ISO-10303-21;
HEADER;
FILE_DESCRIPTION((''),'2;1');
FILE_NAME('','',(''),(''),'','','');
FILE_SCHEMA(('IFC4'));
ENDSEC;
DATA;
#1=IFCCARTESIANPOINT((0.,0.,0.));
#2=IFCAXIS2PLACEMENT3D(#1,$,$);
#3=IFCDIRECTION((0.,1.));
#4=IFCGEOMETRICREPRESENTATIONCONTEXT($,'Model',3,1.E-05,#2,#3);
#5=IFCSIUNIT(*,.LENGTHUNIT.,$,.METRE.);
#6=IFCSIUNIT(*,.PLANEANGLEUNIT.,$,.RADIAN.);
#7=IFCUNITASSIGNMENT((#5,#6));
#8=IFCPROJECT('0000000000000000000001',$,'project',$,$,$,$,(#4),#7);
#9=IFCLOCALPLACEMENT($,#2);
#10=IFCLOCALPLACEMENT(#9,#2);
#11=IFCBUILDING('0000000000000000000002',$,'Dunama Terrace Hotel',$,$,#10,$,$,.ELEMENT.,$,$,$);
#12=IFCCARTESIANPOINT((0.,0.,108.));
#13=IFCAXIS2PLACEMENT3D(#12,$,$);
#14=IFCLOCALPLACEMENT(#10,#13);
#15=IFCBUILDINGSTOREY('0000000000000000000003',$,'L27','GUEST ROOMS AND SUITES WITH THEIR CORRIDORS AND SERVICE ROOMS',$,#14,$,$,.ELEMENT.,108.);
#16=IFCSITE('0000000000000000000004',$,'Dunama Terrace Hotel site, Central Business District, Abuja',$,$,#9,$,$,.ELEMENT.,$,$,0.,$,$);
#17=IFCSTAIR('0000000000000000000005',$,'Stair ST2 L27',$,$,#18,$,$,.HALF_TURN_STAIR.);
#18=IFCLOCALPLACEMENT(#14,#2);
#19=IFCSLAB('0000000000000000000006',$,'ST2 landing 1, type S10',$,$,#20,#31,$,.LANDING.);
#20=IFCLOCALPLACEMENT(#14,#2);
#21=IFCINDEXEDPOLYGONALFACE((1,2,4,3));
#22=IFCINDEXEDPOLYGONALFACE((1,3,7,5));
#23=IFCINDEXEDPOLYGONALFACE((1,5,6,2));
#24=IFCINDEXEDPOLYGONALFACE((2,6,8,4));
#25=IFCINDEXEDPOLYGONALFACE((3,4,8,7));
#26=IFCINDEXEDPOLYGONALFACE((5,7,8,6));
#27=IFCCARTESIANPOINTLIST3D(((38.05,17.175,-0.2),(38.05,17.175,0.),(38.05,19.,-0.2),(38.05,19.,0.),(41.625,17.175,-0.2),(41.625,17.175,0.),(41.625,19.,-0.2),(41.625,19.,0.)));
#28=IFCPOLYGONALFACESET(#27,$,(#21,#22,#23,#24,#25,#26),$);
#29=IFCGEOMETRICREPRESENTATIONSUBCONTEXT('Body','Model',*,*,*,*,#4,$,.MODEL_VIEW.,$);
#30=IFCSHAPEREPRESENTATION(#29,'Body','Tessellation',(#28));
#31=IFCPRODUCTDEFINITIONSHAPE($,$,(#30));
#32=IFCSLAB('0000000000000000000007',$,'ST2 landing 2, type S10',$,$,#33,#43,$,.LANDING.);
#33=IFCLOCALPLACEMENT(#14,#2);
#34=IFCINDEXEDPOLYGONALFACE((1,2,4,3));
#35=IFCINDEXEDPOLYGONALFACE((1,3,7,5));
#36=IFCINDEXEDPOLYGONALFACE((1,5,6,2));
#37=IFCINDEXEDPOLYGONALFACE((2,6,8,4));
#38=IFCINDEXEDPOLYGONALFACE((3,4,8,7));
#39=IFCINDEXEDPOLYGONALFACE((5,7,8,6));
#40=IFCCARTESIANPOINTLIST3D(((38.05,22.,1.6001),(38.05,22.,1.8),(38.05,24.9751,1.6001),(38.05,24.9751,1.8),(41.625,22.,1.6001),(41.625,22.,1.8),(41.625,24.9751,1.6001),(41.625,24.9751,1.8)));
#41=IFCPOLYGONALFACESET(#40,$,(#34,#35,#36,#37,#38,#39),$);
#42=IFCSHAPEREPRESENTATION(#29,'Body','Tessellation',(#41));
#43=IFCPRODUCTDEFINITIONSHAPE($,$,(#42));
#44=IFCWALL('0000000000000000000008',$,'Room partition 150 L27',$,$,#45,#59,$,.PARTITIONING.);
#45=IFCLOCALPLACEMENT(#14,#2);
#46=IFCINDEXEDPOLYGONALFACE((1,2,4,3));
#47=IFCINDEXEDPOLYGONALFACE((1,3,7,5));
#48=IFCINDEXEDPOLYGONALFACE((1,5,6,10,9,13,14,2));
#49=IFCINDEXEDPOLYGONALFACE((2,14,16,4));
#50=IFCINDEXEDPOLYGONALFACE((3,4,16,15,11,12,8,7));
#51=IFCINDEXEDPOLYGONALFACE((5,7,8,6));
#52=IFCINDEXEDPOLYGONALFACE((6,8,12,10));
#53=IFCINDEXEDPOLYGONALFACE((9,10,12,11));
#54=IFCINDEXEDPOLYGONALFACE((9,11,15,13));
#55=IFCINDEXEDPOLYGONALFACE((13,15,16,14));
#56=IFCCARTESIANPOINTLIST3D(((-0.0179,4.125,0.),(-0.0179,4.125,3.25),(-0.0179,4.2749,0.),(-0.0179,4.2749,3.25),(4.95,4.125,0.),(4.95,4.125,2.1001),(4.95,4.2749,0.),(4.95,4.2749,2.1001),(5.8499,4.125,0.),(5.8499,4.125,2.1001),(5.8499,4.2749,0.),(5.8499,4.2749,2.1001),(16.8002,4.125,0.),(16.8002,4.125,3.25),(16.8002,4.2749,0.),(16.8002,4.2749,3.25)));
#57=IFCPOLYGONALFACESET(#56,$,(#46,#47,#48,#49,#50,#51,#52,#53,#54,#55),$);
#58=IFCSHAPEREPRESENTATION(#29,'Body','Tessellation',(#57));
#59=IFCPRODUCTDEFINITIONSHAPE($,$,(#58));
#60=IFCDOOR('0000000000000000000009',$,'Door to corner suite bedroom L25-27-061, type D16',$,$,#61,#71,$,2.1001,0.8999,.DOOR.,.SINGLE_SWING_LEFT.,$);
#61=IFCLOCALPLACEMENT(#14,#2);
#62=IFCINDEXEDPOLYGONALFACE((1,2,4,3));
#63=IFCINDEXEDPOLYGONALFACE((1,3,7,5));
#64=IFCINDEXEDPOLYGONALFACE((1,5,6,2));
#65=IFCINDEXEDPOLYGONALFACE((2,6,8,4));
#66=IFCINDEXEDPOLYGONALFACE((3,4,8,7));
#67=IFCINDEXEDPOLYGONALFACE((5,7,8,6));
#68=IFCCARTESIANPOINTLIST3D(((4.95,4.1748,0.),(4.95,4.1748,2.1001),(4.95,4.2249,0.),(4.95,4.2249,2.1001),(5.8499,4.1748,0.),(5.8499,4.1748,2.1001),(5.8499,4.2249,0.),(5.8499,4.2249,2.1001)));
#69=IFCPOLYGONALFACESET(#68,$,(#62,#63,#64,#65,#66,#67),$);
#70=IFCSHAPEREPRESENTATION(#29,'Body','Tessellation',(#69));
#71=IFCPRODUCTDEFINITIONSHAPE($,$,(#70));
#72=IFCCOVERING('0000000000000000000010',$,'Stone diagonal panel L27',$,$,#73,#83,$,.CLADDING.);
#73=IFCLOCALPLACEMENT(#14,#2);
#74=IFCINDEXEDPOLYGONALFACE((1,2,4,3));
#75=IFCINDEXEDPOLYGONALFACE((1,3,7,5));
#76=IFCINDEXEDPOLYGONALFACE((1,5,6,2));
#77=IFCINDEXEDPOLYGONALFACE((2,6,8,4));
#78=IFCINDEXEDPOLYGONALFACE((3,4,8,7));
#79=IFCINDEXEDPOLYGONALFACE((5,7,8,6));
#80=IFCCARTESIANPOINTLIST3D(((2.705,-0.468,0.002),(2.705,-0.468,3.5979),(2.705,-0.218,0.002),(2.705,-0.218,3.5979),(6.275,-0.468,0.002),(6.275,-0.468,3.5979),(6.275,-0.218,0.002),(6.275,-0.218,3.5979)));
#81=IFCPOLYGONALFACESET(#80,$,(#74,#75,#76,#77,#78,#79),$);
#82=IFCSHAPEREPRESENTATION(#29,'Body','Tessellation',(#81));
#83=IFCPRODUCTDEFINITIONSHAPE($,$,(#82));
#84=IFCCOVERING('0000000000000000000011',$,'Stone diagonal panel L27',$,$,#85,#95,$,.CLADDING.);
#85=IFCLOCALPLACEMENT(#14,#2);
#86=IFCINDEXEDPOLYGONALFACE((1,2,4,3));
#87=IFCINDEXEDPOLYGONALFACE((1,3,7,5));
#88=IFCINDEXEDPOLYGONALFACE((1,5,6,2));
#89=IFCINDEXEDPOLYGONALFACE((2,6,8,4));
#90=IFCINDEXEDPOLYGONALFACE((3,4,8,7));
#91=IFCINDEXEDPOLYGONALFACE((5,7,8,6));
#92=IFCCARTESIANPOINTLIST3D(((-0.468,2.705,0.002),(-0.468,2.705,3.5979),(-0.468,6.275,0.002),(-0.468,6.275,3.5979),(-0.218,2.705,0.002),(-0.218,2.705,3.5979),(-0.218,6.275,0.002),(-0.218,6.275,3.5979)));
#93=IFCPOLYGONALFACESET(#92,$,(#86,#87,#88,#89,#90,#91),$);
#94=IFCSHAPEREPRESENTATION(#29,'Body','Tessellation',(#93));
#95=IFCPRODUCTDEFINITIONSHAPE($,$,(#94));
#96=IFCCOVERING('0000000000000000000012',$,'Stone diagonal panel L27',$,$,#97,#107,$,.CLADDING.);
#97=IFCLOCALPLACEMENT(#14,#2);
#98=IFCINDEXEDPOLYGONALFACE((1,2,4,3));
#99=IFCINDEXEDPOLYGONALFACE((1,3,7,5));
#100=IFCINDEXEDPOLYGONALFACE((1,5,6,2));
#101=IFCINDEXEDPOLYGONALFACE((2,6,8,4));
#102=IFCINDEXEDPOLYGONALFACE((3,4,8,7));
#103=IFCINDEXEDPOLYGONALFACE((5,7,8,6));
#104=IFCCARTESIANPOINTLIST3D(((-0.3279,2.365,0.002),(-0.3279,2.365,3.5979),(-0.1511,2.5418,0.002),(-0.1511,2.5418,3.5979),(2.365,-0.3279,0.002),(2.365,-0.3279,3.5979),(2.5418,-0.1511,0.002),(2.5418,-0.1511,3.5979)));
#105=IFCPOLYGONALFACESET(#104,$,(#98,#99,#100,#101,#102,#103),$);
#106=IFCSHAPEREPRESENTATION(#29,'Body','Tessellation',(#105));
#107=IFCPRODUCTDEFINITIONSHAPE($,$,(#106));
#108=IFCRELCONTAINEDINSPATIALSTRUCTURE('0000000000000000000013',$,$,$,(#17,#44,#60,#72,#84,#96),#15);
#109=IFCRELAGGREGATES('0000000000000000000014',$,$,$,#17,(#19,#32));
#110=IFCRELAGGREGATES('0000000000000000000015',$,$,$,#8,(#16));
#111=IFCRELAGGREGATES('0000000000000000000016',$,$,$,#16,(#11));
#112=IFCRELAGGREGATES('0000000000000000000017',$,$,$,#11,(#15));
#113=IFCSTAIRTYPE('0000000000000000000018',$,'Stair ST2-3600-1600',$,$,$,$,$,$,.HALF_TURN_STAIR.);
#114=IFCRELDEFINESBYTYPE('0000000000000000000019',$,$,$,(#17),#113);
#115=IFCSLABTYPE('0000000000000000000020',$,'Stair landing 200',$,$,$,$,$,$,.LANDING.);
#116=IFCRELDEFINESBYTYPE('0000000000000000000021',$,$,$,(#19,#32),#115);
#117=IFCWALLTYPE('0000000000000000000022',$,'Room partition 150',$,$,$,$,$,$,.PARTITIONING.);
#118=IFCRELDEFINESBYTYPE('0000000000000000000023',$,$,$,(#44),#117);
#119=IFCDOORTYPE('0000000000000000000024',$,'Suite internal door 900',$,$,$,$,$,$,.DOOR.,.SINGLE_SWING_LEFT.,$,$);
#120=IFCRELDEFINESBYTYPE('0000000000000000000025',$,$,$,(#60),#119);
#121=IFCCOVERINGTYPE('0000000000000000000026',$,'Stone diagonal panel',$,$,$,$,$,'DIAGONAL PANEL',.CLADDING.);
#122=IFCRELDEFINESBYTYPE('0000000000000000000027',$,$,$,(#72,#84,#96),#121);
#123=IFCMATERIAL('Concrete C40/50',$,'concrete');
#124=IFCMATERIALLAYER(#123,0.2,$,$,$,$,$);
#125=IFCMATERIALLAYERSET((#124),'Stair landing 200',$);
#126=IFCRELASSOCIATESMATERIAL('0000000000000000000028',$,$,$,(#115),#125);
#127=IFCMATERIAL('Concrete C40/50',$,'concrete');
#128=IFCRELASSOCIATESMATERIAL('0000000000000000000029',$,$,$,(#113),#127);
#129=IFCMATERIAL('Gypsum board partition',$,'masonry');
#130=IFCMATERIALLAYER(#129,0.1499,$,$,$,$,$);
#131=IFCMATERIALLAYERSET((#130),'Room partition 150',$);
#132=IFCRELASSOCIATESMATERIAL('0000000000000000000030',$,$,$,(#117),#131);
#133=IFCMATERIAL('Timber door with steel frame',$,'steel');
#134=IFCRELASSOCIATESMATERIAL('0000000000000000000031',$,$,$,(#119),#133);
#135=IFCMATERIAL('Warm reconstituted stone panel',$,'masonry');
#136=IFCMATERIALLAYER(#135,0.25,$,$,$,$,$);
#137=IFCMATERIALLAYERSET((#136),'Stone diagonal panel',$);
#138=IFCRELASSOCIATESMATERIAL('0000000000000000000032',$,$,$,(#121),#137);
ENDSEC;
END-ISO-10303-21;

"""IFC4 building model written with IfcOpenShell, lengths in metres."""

from ifc_helpers import new_model, si_unit, direction, frame, frame_2d, origin, origin_2d, place, context, subcontext, project, spatial, polyline, rectangle, outline, extrude, material, layer, layer_set, type_object, element, fill, aggregate, save


model = new_model("IFC4")

# Units and contexts
model_context = context("Model", 3, precision=1e-05, world=origin(), true_north=direction((0.0, 1.0)))
body_context = subcontext(model_context, "Body", "Model", "MODEL_VIEW")
ifc_project = project(units=[si_unit("LENGTHUNIT", "METRE"), si_unit("PLANEANGLEUNIT", "RADIAN")], contexts=[model_context])

# Site, building, storey
site_placement = place(None, origin())
site = spatial("IfcSite", under=ifc_project, at=site_placement, Name="Dunama Terrace Hotel site, Central Business District, Abuja", CompositionType="ELEMENT", RefElevation=0.0)
building_placement = place(site_placement, origin())
building = spatial("IfcBuilding", under=site, at=building_placement, Name="Dunama Terrace Hotel", CompositionType="ELEMENT")
storey_placement = place(building_placement, frame((0.0, 0.0, 108.0)))
storey = spatial("IfcBuildingStorey", under=building, at=storey_placement, Name="L27", Description="GUEST ROOMS AND SUITES WITH THEIR CORRIDORS AND SERVICE ROOMS", CompositionType="ELEMENT", Elevation=108.0)

# Stair, slabs
ifc_material_1 = material(Name="Concrete C40/50", Category="concrete")
ifc_layer_1 = layer(ifc_material_1, 0.2)
ifc_layer_set_1 = layer_set([ifc_layer_1], Name="Stair landing 200")
slab_type_1 = type_object("IfcSlabType", Name="Stair landing 200", PredefinedType="LANDING", material=ifc_layer_set_1)
ifc_material_2 = material(Name="Concrete C40/50", Category="concrete")
stair_type_1 = type_object("IfcStairType", Name="Stair ST2-3600-1600", PredefinedType="HALF_TURN_STAIR", material=ifc_material_2)
stair_1_placement = place(storey_placement, origin())
stair_1 = element("IfcStair", 1, at=stair_1_placement, inside=storey, type_object=stair_type_1, Name="Stair ST2 L27", PredefinedType="HALF_TURN_STAIR")
slab_1_placement = place(storey_placement, frame((0.0, 0.0, -0.2)))
slab_1 = element("IfcSlab", 2, at=slab_1_placement, type_object=slab_type_1, Name="ST2 landing 1, type S10", PredefinedType="LANDING", context=body_context, shape_type="SweptSolid", body=[
    extrude(outline(polyline([(38.05, 17.175), (41.625, 17.175), (41.625, 19.0), (38.05, 19.0), (38.05, 17.175)])), origin(), (0.0, 0.0, 1.0), 0.2),
])
slab_2_placement = place(storey_placement, frame((0.0, 0.0, 1.6001)))
slab_2 = element("IfcSlab", 3, at=slab_2_placement, type_object=slab_type_1, Name="ST2 landing 2, type S10", PredefinedType="LANDING", context=body_context, shape_type="SweptSolid", body=[
    extrude(outline(polyline([(38.05, 22.0), (41.625, 22.0), (41.625, 24.9751), (38.05, 24.9751), (38.05, 22.0)])), origin(), (0.0, 0.0, 1.0), 0.2),
])
aggregate(stair_1, [slab_1, slab_2])

# Wall, opening, door
ifc_material_3 = material(Name="Gypsum board partition", Category="masonry")
ifc_layer_2 = layer(ifc_material_3, 0.1499)
ifc_layer_set_2 = layer_set([ifc_layer_2], Name="Room partition 150")
wall_type = type_object("IfcWallType", Name="Room partition 150", PredefinedType="PARTITIONING", material=ifc_layer_set_2)
wall_placement = place(storey_placement, frame((-0.0181, 4.2, 0.0), z_axis=(0.0, 0.0, 1.0), x_axis=(1.0, 0.0, 0.0)))
wall = element("IfcWall", 4, at=wall_placement, inside=storey, type_object=wall_type, Name="Room partition 150 L27", PredefinedType="PARTITIONING", context=body_context, shape_type="SweptSolid", body=[
    extrude(rectangle(XDim=16.8181, YDim=0.1499, at=frame_2d((8.4092, 0.0))), origin(), (0.0, 0.0, 1.0), 3.25),
])
opening_placement = place(wall_placement, frame((4.968, 0.0, 0.0)))
opening = element("IfcOpeningElement", 5, at=opening_placement, cuts=wall, PredefinedType="OPENING", context=body_context, shape_type="SweptSolid", body=[
    extrude(rectangle(XDim=0.8999, YDim=2.1001, at=frame_2d((0.45, 1.05))), frame((0.0, 0.085, 0.0), z_axis=(0.0, -1.0, 0.0), x_axis=(1.0, 0.0, 0.0)), (0.0, 0.0, 1.0), 0.1699),
])
ifc_material_4 = material(Name="Timber door with steel frame", Category="steel")
door_type = type_object("IfcDoorType", Name="Suite internal door 900", OperationType="SINGLE_SWING_LEFT", PredefinedType="DOOR", material=ifc_material_4)
door_placement = place(opening_placement, frame((0.8999, 0.0, 0.0), z_axis=(0.0, 0.0, 1.0), x_axis=(-1.0, 0.0, 0.0)))
door = element("IfcDoor", 6, at=door_placement, inside=storey, type_object=door_type, Name="Door to corner suite bedroom L25-27-061, type D16", OperationType="SINGLE_SWING_LEFT", OverallHeight=2.1001, OverallWidth=0.8999, PredefinedType="DOOR", context=body_context, shape_type="SweptSolid", body=[
    extrude(rectangle(XDim=0.8999, YDim=2.1001, at=frame_2d((0.45, 1.05))), frame((0.0, 0.0251, 0.0), z_axis=(0.0, -1.0, 0.0), x_axis=(1.0, 0.0, 0.0)), (0.0, 0.0, 1.0), 0.05),
])
fill(opening, door)

# Coverings
ifc_material_5 = material(Name="Warm reconstituted stone panel", Category="masonry")
ifc_layer_3 = layer(ifc_material_5, 0.25)
ifc_layer_set_3 = layer_set([ifc_layer_3], Name="Stone diagonal panel")
covering_type = type_object("IfcCoveringType", Name="Stone diagonal panel", ElementType="DIAGONAL PANEL", PredefinedType="CLADDING", material=ifc_layer_set_3)
for number, where, z_axis, x_axis, name in (
    (7, (4.49, -0.343, 0.002), (0.0, 0.0, 1.0), (1.0, 0.0, 0.0), "Stone diagonal panel L27"),
    (8, (-0.343, 4.49, 0.002), (0.0, 0.0, 1.0), (0.0, -1.0, 0.0), "Stone diagonal panel L27"),
):
    element("IfcCovering", number, at=place(storey_placement, frame(where, z_axis=z_axis, x_axis=x_axis)), inside=storey, type_object=covering_type, Name=name, PredefinedType="CLADDING", context=body_context, shape_type="SweptSolid", body=[
        extrude(rectangle(XDim=3.5701, YDim=0.25, at=origin_2d()), origin(), (0.0, 0.0, 1.0), 3.5959),
    ])
covering_placement = place(storey_placement, frame((1.1069, 1.1069, 0.002), z_axis=(0.0, 0.0, 1.0), x_axis=(0.707107, -0.707107, 0.0)))
element("IfcCovering", 9, at=covering_placement, inside=storey, type_object=covering_type, Name="Stone diagonal panel L27", PredefinedType="CLADDING", context=body_context, shape_type="SweptSolid", body=[
    extrude(rectangle(XDim=3.8083, YDim=0.25, at=origin_2d()), origin(), (0.0, 0.0, 1.0), 3.5959),
])

save(model, "model.ifc")
